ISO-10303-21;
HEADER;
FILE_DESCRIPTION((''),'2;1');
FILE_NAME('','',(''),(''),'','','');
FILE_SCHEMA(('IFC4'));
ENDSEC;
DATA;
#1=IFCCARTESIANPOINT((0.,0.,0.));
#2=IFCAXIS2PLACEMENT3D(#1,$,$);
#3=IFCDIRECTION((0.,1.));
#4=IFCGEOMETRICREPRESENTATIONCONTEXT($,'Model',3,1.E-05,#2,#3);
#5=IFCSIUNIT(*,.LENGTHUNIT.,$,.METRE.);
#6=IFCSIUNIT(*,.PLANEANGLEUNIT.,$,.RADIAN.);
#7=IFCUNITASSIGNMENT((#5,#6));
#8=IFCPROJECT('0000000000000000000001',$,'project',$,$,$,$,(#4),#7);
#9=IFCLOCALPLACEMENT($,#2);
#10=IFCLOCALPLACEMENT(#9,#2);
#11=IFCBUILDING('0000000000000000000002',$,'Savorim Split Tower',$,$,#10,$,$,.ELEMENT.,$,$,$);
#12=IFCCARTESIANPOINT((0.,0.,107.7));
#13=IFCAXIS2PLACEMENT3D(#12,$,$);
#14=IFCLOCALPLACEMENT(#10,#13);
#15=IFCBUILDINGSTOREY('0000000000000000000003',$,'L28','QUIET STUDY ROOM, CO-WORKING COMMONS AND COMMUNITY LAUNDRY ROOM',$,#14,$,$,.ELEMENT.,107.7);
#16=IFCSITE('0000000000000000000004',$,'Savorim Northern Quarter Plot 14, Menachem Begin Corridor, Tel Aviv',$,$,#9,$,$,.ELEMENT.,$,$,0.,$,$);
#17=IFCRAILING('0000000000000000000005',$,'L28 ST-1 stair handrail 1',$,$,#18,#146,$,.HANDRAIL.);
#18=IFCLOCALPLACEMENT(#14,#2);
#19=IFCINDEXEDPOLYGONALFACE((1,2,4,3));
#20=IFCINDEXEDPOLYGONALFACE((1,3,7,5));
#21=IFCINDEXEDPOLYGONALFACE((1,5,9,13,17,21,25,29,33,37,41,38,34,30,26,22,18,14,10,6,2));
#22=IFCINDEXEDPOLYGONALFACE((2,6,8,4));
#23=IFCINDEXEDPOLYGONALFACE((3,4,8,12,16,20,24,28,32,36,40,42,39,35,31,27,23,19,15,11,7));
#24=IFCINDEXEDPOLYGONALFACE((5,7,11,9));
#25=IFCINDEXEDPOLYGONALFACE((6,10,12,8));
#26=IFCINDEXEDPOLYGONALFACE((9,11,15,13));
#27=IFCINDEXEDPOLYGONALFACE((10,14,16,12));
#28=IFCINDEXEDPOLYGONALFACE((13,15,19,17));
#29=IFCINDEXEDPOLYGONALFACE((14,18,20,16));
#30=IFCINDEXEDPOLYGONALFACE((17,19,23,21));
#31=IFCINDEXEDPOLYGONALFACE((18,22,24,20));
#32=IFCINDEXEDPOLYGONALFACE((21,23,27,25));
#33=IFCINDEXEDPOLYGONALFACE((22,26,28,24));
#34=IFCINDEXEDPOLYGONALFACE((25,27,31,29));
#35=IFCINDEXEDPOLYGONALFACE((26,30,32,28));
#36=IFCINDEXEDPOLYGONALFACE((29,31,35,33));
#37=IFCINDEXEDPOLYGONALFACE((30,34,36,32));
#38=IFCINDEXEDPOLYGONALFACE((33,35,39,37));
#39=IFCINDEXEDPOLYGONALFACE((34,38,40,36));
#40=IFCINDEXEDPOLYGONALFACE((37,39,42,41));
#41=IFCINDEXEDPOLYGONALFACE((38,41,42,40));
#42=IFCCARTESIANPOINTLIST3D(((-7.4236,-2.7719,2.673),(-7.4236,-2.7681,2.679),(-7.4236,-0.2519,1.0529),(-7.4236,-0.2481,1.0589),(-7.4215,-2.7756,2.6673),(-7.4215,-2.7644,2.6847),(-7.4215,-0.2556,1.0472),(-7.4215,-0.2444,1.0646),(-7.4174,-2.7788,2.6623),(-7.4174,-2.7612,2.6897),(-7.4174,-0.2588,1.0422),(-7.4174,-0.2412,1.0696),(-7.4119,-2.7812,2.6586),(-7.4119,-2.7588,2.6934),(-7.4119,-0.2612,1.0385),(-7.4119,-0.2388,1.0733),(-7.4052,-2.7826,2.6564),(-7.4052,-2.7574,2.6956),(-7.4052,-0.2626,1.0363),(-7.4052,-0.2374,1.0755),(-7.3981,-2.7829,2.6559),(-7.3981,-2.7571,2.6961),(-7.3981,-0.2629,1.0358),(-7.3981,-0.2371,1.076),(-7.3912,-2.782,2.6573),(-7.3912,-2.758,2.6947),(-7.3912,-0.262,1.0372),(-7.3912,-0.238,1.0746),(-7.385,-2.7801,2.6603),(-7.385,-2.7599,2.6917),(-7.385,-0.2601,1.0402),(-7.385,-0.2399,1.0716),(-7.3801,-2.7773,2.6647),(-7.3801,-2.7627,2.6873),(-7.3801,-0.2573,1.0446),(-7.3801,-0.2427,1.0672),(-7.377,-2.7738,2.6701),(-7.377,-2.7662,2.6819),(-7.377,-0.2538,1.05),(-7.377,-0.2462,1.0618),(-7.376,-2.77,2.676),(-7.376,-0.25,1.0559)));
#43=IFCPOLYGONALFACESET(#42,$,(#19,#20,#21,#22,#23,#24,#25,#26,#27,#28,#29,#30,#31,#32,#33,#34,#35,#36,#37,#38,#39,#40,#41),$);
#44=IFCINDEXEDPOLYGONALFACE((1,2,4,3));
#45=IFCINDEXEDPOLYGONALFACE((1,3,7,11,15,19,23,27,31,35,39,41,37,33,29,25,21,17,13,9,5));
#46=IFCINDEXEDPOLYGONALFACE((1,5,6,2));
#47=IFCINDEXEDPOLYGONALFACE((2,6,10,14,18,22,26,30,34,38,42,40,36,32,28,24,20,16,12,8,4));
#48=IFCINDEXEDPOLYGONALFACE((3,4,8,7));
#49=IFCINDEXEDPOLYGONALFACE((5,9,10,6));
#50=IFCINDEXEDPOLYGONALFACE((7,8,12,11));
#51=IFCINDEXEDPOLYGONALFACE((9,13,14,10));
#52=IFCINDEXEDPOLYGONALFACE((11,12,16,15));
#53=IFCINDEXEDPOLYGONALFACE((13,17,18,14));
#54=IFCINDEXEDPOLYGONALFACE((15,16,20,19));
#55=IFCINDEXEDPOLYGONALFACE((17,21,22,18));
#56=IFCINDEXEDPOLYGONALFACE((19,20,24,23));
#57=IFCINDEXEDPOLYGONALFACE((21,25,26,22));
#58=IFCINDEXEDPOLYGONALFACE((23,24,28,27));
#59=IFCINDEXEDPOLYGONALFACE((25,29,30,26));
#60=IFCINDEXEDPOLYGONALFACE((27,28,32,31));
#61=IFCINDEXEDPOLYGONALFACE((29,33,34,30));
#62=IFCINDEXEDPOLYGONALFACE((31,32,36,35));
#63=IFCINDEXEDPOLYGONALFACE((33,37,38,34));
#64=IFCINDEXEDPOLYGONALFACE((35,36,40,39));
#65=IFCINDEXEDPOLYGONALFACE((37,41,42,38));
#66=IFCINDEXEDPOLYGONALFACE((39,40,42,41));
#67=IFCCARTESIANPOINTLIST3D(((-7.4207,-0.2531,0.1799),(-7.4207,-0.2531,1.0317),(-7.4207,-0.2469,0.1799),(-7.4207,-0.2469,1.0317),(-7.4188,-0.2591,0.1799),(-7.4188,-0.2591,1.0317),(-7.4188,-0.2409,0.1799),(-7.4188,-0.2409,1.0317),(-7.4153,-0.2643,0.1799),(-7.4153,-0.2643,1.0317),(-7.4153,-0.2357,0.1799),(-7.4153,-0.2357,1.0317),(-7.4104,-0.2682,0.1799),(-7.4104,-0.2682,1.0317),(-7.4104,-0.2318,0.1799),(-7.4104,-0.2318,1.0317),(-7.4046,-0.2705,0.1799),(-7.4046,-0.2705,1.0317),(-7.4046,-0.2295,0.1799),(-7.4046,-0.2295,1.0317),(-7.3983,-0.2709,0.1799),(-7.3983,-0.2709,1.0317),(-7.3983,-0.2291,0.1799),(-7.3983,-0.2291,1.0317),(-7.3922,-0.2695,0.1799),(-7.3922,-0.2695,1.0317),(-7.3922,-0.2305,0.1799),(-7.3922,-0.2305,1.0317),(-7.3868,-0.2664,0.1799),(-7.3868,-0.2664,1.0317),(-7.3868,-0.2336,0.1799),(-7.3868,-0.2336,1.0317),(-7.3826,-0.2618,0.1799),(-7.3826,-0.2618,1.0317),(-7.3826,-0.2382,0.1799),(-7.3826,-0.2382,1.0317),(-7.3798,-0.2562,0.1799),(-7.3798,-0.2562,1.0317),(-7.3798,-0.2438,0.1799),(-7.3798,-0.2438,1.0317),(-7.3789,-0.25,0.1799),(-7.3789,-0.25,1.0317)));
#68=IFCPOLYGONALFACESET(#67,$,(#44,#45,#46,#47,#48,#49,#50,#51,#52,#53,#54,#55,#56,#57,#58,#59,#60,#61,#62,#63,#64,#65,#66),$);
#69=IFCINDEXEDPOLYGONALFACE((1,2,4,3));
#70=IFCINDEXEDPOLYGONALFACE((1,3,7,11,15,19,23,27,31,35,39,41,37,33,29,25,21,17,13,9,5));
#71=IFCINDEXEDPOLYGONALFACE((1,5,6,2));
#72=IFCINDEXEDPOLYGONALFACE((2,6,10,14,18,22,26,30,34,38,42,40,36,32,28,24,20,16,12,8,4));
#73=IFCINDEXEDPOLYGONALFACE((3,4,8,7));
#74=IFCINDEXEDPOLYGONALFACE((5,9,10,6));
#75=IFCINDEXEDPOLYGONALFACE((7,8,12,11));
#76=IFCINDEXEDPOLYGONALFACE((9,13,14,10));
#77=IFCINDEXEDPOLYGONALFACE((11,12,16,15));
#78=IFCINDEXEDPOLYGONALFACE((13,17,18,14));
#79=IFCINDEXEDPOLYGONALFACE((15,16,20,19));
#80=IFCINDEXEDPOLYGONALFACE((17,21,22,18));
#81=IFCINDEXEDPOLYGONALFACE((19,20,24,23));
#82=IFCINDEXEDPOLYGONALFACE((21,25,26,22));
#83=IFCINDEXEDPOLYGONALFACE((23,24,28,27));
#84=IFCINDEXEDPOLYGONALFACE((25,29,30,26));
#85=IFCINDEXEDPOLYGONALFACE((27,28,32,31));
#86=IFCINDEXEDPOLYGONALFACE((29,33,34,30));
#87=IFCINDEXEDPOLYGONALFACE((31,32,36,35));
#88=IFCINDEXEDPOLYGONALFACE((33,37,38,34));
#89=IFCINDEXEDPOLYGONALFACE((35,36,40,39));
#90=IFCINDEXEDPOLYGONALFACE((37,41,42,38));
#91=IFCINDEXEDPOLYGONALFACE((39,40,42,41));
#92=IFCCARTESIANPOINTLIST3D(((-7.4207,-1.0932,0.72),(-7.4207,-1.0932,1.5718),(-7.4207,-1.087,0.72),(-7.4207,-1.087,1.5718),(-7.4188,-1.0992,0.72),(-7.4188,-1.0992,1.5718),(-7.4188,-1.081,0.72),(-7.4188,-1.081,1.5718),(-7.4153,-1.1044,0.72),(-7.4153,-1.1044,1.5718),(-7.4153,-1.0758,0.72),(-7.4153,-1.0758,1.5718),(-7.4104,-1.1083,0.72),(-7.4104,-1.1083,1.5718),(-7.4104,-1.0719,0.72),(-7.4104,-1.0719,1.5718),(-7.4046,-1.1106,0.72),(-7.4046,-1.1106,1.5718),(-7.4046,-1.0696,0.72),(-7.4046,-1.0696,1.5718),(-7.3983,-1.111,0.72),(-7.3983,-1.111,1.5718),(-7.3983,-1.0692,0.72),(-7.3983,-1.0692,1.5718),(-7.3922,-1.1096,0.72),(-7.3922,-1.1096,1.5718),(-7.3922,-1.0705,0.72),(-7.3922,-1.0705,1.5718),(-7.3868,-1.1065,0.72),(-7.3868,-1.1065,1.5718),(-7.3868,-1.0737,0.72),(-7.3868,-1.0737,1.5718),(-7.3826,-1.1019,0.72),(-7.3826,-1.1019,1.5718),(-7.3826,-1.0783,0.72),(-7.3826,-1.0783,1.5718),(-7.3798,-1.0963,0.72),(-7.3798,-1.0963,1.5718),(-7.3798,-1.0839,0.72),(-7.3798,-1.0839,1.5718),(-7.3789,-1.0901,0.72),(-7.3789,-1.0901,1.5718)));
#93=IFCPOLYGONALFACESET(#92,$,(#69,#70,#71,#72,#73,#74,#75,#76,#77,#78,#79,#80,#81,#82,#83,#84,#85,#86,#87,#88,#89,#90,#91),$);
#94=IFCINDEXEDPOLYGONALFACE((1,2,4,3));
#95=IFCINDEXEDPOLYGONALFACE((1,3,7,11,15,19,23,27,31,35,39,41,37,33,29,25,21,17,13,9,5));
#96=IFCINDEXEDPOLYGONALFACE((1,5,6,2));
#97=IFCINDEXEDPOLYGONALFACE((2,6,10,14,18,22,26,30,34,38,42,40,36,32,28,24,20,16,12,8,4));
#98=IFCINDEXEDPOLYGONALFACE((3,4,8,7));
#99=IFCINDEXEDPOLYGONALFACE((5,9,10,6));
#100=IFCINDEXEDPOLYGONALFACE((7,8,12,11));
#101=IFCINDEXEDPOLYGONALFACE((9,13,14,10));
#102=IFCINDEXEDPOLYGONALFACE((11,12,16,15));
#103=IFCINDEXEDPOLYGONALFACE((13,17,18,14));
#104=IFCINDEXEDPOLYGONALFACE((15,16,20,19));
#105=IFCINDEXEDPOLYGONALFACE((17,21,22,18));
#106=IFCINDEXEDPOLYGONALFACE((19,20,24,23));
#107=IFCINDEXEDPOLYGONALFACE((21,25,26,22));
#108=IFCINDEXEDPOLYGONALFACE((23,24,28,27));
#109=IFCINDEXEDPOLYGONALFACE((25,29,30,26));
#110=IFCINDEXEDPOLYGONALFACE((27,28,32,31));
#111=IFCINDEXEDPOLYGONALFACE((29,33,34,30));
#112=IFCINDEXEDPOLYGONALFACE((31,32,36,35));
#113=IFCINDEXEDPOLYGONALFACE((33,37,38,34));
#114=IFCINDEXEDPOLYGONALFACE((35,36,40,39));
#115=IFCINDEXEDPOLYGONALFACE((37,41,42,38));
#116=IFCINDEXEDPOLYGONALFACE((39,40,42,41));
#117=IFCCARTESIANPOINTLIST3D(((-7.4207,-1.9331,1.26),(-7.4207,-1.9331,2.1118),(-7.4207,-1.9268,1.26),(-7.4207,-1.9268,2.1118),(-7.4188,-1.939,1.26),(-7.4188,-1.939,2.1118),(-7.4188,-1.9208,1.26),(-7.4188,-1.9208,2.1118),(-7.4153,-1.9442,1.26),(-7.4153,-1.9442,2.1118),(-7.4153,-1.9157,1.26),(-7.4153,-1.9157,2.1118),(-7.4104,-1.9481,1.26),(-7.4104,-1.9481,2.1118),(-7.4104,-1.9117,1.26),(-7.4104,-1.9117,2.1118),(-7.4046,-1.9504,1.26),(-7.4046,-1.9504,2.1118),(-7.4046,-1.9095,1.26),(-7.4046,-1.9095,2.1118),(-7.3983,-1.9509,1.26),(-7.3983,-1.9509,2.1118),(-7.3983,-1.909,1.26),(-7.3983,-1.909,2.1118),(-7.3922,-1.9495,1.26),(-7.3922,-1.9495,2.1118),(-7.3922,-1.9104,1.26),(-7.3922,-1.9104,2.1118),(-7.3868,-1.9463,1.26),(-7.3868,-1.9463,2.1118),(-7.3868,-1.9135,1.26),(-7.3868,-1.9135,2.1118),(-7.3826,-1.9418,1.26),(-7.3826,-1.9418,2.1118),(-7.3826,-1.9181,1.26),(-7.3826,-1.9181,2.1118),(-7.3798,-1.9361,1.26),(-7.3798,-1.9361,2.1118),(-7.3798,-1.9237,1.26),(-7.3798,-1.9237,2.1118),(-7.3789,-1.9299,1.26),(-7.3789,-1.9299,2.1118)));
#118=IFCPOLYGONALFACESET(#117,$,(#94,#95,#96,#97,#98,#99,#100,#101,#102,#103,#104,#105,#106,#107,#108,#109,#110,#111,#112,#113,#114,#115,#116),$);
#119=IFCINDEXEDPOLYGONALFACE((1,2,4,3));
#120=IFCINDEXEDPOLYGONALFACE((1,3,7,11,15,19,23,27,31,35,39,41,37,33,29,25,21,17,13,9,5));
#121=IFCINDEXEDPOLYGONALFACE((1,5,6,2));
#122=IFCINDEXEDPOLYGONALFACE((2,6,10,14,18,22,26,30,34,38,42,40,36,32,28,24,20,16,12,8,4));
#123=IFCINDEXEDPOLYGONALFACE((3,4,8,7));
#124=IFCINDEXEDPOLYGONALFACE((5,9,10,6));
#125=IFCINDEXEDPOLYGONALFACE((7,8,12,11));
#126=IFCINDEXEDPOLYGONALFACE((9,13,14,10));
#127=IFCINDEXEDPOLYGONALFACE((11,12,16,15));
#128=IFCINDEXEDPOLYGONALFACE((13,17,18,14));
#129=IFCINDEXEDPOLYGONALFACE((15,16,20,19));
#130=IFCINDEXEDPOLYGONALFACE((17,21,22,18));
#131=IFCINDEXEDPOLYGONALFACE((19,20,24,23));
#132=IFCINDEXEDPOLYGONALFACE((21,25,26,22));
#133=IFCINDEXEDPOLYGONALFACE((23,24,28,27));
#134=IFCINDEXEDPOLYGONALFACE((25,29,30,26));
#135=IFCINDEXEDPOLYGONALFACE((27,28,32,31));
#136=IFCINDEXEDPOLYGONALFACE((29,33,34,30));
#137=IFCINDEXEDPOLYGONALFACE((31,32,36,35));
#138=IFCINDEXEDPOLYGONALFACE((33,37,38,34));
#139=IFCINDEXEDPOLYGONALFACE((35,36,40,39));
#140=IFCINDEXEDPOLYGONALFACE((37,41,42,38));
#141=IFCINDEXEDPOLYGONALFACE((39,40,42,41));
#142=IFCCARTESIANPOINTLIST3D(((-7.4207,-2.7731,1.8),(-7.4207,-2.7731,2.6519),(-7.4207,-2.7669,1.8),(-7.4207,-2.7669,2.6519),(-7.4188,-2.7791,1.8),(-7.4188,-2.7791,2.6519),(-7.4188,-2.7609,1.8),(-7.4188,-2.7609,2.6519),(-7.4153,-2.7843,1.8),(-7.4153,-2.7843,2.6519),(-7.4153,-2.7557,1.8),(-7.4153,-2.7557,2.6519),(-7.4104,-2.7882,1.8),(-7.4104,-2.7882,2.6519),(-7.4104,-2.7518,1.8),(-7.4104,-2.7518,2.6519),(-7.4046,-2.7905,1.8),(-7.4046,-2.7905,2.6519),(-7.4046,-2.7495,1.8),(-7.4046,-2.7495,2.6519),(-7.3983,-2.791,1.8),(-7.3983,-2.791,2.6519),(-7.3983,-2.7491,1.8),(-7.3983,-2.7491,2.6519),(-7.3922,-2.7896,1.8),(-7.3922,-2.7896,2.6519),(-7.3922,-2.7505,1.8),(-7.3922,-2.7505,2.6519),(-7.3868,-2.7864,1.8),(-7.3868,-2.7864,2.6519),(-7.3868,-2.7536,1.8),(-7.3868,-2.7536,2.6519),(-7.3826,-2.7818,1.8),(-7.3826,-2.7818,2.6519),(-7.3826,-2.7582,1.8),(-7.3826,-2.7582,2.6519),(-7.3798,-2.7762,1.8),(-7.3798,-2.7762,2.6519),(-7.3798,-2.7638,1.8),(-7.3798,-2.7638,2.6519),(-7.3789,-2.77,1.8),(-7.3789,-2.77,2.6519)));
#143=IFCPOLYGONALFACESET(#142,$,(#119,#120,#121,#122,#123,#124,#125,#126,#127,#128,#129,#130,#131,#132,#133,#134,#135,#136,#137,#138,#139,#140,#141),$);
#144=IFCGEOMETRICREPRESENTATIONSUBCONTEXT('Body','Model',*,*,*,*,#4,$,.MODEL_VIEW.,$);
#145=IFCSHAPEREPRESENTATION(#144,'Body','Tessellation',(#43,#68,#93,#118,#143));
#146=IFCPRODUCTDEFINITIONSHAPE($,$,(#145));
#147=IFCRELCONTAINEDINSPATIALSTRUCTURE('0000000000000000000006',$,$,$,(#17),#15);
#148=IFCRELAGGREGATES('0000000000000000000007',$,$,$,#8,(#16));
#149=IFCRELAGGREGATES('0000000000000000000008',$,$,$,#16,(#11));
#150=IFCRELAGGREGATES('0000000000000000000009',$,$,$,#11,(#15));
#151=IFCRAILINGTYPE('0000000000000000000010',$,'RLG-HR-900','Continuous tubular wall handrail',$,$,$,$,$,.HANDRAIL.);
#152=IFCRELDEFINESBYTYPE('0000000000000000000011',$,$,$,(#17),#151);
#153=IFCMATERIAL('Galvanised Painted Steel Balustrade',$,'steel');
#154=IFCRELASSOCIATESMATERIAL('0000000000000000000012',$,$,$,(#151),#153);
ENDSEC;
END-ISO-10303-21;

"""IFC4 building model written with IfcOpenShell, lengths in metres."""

from ifc_helpers import new_model, si_unit, direction, frame, origin, origin_2d, place, context, subcontext, project, spatial, circle, extrude, material, type_object, element, save


model = new_model("IFC4")

# Units and contexts
model_context = context("Model", 3, precision=1e-05, world=origin(), true_north=direction((0.0, 1.0)))
body_context = subcontext(model_context, "Body", "Model", "MODEL_VIEW")
ifc_project = project(units=[si_unit("LENGTHUNIT", "METRE"), si_unit("PLANEANGLEUNIT", "RADIAN")], contexts=[model_context])

# Site, building, storey
site_placement = place(None, origin())
site = spatial("IfcSite", under=ifc_project, at=site_placement, Name="Savorim Northern Quarter Plot 14, Menachem Begin Corridor, Tel Aviv", CompositionType="ELEMENT", RefElevation=0.0)
building_placement = place(site_placement, origin())
building = spatial("IfcBuilding", under=site, at=building_placement, Name="Savorim Split Tower", CompositionType="ELEMENT")
storey_placement = place(building_placement, frame((0.0, 0.0, 107.7)))
storey = spatial("IfcBuildingStorey", under=building, at=storey_placement, Name="L28", Description="QUIET STUDY ROOM, CO-WORKING COMMONS AND COMMUNITY LAUNDRY ROOM", CompositionType="ELEMENT", Elevation=107.7)

# Railing
ifc_material_1 = material(Name="Galvanised Painted Steel Balustrade", Category="steel")
railing_type_1 = type_object("IfcRailingType", Name="RLG-HR-900", Description="Continuous tubular wall handrail", PredefinedType="HANDRAIL", material=ifc_material_1)
railing_1_placement = place(storey_placement, frame((-7.3999, -0.25, 0.1799)))
element("IfcRailing", 1, at=railing_1_placement, inside=storey, type_object=railing_type_1, Name="L28 ST-1 stair handrail 1", PredefinedType="HANDRAIL", context=body_context, shape_type="SweptSolid", body=[
    extrude(circle(Radius=0.0239, at=origin_2d()), frame((0.0, 0.0, 0.876), z_axis=(0.0, -0.841163, 0.540782), x_axis=(1.0, 0.0, 0.0)), (0.0, 0.0, 1.0), 2.9958),
    extrude(circle(Radius=0.021, at=origin_2d()), origin(), (0.0, 0.0, 1.0), 0.8518),
    extrude(circle(Radius=0.021, at=origin_2d()), frame((0.0, -0.8401, 0.54)), (0.0, 0.0, 1.0), 0.8518),
    extrude(circle(Radius=0.021, at=origin_2d()), frame((0.0, -1.6799, 1.0801)), (0.0, 0.0, 1.0), 0.8518),
    extrude(circle(Radius=0.021, at=origin_2d()), frame((0.0, -2.52, 1.6201)), (0.0, 0.0, 1.0), 0.8518),
])

save(model, "model.ifc")
